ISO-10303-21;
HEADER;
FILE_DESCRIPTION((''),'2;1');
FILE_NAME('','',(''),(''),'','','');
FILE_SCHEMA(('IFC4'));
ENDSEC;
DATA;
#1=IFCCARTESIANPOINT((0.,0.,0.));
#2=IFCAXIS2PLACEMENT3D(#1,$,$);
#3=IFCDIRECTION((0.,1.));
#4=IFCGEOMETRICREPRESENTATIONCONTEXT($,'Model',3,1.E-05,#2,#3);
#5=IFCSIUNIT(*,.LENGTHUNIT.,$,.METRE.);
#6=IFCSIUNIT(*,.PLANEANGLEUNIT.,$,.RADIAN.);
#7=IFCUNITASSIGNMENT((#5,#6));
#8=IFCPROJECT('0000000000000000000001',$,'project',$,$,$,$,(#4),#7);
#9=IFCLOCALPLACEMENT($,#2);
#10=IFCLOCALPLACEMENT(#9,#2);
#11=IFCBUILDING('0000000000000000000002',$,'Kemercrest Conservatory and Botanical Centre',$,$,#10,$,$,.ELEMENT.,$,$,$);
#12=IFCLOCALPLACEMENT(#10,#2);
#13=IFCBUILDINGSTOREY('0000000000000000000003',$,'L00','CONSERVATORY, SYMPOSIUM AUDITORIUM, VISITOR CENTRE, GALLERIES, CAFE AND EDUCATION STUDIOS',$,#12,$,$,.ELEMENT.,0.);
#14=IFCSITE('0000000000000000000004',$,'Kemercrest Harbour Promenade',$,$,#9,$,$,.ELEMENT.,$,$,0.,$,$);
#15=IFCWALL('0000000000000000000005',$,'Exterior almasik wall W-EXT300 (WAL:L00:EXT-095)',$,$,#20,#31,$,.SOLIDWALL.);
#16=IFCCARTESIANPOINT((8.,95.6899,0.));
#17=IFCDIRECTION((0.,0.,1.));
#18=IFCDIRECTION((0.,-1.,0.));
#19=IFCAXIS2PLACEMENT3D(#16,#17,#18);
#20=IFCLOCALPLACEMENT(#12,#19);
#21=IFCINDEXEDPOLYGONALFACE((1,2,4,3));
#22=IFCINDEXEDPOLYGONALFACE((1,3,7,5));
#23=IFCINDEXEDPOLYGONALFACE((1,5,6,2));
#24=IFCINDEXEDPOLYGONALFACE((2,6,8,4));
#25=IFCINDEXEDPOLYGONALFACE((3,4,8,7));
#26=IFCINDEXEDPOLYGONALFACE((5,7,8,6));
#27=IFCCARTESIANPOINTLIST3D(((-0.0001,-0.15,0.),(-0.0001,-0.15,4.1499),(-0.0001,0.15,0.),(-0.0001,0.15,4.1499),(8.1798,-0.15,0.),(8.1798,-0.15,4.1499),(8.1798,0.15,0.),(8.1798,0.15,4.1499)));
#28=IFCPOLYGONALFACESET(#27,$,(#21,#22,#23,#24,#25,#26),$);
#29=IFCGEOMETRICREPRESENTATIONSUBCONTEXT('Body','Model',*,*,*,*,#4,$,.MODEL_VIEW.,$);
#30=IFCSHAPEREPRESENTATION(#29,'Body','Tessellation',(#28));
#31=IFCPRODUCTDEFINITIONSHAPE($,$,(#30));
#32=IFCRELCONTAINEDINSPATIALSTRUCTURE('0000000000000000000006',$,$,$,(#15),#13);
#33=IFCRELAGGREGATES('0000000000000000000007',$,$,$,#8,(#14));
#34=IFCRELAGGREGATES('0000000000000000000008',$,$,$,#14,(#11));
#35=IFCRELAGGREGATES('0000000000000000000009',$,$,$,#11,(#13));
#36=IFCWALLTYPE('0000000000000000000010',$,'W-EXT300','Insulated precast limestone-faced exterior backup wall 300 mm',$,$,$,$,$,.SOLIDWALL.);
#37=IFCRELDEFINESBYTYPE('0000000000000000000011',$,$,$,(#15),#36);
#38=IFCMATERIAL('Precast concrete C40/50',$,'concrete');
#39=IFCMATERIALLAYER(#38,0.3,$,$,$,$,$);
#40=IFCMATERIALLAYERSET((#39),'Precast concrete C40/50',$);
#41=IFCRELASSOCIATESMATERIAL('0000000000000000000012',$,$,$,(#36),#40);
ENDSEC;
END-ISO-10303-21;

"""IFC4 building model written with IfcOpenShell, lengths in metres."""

from ifc_helpers import new_model, si_unit, direction, frame, frame_2d, origin, place, context, subcontext, project, spatial, rectangle, extrude, material, layer, layer_set, type_object, element, save


model = new_model("IFC4")

# Units and contexts
model_context = context("Model", 3, precision=1e-05, world=origin(), true_north=direction((0.0, 1.0)))
body_context = subcontext(model_context, "Body", "Model", "MODEL_VIEW")
ifc_project = project(units=[si_unit("LENGTHUNIT", "METRE"), si_unit("PLANEANGLEUNIT", "RADIAN")], contexts=[model_context])

# Site, building, storey
site_placement = place(None, origin())
site = spatial("IfcSite", under=ifc_project, at=site_placement, Name="Kemercrest Harbour Promenade", CompositionType="ELEMENT", RefElevation=0.0)
building_placement = place(site_placement, origin())
building = spatial("IfcBuilding", under=site, at=building_placement, Name="Kemercrest Conservatory and Botanical Centre", CompositionType="ELEMENT")
storey_placement = place(building_placement, origin())
storey = spatial("IfcBuildingStorey", under=building, at=storey_placement, Name="L00", Description="CONSERVATORY, SYMPOSIUM AUDITORIUM, VISITOR CENTRE, GALLERIES, CAFE AND EDUCATION STUDIOS", CompositionType="ELEMENT", Elevation=0.0)

# Wall
ifc_material_1 = material(Name="Precast concrete C40/50", Category="concrete")
ifc_layer_1 = layer(ifc_material_1, 0.3)
ifc_layer_set_1 = layer_set([ifc_layer_1], Name="Precast concrete C40/50")
wall_type_1 = type_object("IfcWallType", Name="W-EXT300", Description="Insulated precast limestone-faced exterior backup wall 300 mm", PredefinedType="SOLIDWALL", material=ifc_layer_set_1)
for number, where, z_axis, x_axis, name in (
    (1, (8.0, 95.6899, 0.0), (0.0, 0.0, 1.0), (0.0, -1.0, 0.0), "Exterior almasik wall W-EXT300 (WAL:L00:EXT-095)"),
):
    element("IfcWall", number, at=place(storey_placement, frame(where, z_axis=z_axis, x_axis=x_axis)), inside=storey, type_object=wall_type_1, Name=name, PredefinedType="SOLIDWALL", context=body_context, shape_type="SweptSolid", body=[
        extrude(rectangle(XDim=8.1799, YDim=0.3, at=frame_2d((4.0898, 0.0))), origin(), (0.0, 0.0, 1.0), 4.1499),
    ])

save(model, "model.ifc")
